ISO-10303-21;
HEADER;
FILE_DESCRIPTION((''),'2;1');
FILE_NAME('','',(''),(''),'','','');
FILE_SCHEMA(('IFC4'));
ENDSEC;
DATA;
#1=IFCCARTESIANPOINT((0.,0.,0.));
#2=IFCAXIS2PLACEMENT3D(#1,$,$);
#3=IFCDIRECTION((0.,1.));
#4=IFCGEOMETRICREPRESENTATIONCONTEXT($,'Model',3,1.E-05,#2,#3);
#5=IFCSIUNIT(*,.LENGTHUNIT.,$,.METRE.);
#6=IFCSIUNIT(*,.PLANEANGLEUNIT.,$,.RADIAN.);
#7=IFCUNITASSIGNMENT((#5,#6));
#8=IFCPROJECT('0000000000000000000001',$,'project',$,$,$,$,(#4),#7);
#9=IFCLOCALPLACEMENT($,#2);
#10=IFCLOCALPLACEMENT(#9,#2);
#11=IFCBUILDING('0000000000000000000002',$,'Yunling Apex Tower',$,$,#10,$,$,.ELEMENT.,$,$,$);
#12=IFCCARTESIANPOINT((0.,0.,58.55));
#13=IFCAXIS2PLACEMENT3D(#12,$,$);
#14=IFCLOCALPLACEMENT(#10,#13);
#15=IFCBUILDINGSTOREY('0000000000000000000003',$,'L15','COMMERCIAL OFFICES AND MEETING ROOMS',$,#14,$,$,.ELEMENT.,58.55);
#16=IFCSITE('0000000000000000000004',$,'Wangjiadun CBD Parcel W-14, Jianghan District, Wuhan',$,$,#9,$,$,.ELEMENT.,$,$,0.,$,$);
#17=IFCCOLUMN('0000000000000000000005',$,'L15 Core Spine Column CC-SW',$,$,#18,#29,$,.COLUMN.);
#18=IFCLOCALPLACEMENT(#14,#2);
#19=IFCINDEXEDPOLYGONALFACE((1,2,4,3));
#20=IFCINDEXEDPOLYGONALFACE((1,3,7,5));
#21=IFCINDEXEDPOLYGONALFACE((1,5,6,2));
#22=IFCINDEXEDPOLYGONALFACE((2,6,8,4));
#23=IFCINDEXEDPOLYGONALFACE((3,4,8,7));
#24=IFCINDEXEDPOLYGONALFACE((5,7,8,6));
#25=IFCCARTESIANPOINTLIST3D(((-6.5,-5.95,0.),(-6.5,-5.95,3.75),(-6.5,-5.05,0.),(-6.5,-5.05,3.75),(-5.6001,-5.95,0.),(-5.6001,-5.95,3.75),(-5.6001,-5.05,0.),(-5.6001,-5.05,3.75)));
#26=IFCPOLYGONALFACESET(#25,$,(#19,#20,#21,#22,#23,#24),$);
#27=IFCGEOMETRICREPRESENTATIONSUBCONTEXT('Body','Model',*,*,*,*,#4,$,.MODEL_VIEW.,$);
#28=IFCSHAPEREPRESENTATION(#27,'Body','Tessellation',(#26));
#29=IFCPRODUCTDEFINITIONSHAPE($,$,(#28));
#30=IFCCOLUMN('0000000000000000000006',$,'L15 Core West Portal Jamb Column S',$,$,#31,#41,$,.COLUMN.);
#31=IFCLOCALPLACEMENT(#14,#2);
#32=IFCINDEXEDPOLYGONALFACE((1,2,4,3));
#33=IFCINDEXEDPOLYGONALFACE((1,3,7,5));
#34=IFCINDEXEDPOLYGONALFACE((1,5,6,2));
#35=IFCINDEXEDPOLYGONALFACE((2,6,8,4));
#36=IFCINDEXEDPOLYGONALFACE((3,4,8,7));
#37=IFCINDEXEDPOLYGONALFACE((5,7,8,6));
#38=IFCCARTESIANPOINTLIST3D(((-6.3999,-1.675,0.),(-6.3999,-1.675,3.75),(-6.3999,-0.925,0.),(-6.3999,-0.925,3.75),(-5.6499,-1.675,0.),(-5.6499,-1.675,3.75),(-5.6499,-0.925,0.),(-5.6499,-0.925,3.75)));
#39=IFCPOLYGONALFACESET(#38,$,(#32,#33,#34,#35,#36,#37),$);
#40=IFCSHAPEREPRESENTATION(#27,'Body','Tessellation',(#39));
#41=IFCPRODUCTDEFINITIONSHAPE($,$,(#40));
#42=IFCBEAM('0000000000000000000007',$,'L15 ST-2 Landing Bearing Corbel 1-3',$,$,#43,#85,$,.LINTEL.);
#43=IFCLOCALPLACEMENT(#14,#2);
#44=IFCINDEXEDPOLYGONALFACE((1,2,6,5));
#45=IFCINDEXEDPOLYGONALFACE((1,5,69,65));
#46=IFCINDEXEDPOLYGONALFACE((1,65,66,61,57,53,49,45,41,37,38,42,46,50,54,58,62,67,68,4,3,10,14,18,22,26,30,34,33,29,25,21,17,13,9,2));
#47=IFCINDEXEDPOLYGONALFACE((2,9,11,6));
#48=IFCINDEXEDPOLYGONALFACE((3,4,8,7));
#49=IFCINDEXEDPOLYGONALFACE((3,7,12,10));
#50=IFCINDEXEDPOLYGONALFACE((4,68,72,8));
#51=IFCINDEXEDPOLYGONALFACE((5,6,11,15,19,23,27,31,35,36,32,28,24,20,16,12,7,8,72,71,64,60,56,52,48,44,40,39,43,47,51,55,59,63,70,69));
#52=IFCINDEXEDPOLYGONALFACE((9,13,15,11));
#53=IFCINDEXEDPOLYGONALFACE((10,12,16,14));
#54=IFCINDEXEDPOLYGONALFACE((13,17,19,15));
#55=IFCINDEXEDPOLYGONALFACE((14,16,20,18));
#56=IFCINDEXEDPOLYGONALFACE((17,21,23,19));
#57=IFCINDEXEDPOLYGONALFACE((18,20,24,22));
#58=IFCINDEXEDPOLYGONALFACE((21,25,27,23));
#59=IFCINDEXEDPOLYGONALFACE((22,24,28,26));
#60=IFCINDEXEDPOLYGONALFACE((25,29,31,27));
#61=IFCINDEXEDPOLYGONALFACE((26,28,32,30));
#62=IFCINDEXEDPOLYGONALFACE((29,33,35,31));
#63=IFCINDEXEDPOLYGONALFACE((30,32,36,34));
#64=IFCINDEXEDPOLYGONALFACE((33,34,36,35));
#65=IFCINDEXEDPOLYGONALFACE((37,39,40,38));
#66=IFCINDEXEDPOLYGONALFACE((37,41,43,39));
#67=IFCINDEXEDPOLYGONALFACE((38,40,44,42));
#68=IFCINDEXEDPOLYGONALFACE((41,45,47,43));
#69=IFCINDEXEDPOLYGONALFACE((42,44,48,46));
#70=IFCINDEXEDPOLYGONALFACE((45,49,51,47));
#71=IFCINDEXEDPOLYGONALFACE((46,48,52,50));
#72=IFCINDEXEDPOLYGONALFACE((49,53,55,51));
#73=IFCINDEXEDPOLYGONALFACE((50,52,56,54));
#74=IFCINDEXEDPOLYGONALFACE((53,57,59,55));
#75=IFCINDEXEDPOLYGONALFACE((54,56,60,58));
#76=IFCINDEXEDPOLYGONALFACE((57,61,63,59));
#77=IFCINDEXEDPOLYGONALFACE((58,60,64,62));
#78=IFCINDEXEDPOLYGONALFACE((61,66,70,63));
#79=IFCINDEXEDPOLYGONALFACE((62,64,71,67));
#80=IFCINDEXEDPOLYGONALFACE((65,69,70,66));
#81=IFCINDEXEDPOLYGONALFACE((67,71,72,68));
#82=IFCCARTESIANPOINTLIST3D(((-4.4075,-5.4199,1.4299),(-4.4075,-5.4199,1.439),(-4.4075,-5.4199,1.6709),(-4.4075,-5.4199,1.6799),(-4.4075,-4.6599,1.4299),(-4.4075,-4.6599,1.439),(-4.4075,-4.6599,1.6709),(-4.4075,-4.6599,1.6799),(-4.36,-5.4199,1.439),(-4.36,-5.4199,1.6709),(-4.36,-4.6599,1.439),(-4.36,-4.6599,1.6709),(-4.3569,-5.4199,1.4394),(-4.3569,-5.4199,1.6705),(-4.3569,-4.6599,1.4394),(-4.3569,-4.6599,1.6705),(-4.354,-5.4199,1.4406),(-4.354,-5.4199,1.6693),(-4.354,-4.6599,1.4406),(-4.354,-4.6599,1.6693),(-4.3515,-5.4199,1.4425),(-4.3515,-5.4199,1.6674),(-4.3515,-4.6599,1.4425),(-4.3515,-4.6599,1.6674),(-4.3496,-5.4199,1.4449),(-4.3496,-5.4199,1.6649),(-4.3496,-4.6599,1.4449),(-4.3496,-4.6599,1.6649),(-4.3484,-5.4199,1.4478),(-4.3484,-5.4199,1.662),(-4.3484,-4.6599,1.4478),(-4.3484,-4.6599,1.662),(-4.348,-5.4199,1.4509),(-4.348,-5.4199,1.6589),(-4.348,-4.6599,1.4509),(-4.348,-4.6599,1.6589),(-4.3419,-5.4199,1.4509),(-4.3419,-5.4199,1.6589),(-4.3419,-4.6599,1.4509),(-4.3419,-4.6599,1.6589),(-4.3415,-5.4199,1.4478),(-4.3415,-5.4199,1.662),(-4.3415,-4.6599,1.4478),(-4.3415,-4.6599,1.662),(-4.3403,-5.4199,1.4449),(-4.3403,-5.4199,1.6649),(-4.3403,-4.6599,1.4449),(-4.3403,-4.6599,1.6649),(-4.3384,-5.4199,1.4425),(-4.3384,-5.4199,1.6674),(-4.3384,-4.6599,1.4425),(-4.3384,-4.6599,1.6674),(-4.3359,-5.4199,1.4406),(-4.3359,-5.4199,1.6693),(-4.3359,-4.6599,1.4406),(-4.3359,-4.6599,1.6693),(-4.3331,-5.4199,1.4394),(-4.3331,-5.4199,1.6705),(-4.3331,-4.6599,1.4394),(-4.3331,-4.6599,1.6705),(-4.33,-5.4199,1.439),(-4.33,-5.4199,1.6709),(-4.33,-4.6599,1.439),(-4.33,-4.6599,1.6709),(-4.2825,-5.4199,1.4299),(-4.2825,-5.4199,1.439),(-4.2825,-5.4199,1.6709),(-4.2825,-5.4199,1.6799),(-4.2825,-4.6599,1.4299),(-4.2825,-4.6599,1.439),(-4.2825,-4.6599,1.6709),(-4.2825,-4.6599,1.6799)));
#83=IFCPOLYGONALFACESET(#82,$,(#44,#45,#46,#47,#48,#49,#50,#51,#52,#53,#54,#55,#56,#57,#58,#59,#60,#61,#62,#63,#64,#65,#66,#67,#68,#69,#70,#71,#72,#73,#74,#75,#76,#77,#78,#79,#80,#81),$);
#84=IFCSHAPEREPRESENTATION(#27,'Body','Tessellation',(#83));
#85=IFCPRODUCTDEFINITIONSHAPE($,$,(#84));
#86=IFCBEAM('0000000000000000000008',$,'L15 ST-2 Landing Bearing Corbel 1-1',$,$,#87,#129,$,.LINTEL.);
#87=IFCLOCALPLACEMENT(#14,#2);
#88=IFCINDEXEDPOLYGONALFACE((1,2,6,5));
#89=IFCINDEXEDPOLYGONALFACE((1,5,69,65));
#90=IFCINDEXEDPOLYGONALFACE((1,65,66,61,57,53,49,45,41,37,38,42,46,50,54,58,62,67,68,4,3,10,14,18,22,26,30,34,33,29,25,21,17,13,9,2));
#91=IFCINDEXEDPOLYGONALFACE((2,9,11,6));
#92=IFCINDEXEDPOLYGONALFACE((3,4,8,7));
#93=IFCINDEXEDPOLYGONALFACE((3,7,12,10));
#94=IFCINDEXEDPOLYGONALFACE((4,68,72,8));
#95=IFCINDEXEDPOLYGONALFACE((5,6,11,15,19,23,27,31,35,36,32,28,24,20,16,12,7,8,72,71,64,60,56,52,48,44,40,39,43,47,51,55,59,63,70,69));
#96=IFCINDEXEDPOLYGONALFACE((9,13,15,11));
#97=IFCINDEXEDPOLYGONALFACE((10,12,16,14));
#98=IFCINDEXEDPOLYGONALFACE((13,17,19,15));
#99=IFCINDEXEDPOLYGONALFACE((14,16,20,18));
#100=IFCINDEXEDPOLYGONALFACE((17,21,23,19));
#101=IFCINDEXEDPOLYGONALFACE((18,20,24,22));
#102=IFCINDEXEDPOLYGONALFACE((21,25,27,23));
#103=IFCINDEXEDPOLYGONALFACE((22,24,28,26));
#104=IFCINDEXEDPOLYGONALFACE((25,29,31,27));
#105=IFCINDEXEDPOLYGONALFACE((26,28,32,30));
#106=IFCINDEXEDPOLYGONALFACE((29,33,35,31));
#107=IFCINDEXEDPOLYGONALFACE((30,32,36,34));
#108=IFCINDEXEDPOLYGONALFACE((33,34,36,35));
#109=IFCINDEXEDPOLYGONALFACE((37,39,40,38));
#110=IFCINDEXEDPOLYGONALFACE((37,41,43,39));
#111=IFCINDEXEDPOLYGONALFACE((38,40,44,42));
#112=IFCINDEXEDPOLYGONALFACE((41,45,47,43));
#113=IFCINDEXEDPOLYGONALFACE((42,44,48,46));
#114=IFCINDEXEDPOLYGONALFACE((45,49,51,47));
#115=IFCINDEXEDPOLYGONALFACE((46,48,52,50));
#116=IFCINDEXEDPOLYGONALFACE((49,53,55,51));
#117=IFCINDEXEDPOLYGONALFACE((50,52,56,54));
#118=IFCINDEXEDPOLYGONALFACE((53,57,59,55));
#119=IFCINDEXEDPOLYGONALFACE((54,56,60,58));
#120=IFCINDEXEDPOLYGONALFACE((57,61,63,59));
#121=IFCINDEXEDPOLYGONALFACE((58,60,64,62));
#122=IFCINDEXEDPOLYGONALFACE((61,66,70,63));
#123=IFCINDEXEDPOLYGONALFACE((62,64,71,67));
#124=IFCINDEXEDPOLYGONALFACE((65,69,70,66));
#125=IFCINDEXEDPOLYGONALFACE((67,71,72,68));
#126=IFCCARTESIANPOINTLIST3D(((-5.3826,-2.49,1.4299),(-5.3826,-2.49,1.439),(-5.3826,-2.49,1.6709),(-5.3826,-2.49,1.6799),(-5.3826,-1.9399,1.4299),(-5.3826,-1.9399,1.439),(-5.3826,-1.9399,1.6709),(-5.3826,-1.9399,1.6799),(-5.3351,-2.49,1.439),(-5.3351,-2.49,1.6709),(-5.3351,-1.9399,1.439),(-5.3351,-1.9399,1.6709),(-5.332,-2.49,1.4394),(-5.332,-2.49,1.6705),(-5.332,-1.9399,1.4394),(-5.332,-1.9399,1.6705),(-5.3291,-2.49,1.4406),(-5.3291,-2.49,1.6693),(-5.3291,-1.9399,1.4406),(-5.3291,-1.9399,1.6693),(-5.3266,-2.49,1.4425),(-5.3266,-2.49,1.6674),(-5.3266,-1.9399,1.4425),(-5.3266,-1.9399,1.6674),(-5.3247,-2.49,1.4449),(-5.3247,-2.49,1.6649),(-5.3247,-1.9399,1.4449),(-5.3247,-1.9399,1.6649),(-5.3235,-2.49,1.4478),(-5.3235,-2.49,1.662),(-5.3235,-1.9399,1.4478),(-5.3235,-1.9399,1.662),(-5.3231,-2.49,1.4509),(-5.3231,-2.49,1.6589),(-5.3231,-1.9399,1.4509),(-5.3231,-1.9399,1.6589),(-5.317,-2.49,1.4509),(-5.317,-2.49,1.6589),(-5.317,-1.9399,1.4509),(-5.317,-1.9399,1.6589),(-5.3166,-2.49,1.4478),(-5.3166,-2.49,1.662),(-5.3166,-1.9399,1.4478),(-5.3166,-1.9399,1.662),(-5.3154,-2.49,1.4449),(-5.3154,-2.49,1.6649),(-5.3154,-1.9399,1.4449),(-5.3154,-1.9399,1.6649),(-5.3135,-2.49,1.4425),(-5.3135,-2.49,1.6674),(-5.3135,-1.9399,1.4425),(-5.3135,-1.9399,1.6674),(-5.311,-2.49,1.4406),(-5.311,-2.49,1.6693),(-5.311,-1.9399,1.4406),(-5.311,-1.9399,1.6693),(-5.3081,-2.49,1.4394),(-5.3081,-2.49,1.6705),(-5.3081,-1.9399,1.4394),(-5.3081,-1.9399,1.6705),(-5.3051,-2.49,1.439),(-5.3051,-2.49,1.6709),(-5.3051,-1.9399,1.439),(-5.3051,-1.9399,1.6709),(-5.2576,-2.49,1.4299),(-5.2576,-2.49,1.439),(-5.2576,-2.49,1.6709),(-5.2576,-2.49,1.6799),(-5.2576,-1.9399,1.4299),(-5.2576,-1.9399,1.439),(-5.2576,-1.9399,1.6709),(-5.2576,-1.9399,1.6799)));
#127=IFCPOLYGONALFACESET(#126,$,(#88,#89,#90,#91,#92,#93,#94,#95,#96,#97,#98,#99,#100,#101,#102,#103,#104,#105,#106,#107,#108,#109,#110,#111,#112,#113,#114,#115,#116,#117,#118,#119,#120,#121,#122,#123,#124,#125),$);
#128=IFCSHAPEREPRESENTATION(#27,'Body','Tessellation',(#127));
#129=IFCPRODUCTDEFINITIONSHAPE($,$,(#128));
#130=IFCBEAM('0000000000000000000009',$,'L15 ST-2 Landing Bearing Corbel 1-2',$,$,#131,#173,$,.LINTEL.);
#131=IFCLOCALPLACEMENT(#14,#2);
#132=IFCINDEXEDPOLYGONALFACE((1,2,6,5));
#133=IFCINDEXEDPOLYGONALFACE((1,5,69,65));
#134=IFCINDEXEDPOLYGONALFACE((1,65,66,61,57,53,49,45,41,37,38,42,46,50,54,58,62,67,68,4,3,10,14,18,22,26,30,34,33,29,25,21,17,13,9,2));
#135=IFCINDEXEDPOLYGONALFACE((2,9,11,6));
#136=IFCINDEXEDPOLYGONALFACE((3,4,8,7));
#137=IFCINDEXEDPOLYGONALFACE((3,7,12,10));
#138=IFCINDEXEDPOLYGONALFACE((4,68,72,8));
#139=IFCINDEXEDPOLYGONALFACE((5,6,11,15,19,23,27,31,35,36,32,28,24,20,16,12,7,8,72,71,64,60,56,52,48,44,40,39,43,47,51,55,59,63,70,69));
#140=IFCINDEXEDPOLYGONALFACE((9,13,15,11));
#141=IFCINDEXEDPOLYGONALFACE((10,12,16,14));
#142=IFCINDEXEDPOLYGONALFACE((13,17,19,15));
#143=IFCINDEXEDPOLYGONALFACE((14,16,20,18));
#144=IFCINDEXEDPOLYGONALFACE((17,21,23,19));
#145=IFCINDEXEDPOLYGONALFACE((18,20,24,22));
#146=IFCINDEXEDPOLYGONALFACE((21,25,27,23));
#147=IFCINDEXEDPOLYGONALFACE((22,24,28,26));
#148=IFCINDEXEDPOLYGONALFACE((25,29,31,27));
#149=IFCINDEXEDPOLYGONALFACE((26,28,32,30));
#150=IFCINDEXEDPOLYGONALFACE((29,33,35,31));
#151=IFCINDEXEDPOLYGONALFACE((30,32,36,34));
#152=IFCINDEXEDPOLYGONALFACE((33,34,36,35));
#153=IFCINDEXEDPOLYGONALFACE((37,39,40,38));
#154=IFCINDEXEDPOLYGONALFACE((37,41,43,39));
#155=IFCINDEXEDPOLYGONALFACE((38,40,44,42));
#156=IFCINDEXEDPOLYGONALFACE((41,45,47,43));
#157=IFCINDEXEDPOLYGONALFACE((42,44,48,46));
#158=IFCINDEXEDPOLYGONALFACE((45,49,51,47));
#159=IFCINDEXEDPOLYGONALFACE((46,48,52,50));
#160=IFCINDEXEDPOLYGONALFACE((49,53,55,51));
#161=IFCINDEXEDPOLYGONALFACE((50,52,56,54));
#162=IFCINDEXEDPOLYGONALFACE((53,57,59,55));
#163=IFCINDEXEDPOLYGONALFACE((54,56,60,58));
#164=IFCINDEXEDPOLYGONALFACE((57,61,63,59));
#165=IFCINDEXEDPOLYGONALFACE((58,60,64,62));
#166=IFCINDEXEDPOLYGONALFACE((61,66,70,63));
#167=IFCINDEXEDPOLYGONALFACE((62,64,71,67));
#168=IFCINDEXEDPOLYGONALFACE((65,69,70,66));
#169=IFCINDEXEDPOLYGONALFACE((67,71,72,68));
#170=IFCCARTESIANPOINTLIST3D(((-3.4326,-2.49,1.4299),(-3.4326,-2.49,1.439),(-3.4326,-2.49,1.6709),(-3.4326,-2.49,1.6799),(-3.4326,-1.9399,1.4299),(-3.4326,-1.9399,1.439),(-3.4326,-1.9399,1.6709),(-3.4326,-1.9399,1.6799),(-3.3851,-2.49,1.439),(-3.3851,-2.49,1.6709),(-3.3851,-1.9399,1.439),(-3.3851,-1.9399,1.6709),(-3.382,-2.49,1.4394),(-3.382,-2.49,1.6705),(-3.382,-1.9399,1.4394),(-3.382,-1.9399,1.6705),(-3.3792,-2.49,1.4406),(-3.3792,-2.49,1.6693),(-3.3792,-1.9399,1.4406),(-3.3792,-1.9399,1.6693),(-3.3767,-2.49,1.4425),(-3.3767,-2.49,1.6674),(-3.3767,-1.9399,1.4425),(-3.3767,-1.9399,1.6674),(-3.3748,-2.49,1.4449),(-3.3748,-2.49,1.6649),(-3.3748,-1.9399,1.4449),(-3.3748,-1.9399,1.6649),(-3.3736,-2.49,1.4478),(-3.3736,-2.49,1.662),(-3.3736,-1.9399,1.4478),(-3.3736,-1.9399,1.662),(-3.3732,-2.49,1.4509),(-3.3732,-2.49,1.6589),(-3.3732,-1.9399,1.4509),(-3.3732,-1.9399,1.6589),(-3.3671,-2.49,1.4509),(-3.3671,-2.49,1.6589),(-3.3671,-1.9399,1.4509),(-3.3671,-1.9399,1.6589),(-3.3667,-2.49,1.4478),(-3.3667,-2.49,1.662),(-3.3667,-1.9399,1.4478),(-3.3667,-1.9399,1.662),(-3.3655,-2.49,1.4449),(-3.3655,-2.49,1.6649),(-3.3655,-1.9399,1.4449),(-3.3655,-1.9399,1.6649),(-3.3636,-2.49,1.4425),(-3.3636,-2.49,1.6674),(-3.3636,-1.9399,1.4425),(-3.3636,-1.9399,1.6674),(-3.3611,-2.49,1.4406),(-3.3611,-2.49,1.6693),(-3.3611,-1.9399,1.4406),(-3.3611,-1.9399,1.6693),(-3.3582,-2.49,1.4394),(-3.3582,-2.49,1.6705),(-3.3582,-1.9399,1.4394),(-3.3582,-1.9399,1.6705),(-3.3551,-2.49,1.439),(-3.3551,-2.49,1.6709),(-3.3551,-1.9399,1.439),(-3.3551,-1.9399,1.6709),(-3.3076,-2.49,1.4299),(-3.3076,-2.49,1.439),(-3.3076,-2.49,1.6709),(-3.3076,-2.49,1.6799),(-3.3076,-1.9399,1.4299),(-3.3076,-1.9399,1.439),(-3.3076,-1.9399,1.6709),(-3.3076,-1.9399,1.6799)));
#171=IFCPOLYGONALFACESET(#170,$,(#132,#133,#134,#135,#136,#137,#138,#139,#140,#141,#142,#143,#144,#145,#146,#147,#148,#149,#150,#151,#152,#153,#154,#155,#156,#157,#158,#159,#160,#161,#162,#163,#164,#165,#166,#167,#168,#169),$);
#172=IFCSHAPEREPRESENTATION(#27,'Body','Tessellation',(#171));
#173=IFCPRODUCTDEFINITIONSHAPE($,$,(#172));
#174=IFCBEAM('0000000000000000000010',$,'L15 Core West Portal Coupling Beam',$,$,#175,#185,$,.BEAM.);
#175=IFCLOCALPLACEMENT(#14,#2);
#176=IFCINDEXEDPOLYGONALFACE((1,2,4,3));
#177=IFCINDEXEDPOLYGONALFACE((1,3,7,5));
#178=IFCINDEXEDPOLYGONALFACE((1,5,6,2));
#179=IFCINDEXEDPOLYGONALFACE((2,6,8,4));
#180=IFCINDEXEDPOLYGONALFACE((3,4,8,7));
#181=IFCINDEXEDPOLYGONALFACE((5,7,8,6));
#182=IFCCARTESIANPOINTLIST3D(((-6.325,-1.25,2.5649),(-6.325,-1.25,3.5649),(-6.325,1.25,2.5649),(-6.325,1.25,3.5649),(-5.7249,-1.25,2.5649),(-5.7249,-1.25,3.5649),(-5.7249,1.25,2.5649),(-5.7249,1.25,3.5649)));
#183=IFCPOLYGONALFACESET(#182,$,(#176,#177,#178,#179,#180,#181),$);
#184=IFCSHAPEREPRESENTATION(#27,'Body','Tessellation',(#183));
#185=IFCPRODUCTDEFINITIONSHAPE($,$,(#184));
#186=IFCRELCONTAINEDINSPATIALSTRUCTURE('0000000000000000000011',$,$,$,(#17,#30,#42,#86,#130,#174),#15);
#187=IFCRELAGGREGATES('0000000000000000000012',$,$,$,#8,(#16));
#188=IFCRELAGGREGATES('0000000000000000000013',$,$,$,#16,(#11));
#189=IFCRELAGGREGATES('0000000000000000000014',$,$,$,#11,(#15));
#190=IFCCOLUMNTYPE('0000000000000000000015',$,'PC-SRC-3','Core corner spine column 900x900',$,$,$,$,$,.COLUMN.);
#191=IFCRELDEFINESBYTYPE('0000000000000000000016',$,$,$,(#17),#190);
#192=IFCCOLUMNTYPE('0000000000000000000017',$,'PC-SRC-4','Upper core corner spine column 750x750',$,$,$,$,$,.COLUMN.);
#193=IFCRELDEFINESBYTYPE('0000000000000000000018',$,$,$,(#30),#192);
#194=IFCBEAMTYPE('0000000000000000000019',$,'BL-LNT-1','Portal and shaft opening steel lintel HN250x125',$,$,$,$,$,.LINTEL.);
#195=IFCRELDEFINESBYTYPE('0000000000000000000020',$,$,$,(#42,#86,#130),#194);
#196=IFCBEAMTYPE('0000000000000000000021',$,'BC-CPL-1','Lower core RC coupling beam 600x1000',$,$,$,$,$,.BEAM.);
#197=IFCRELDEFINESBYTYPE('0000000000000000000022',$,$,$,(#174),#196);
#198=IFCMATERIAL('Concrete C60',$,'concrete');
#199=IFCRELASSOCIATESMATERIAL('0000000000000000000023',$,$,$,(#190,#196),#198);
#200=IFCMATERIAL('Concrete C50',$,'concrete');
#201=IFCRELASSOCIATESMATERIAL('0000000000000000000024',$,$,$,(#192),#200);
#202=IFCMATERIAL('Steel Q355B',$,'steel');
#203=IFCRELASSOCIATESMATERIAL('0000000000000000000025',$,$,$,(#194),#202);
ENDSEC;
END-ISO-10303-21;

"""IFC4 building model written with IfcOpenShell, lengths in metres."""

from ifc_helpers import new_model, si_unit, direction, frame, origin, origin_2d, place, context, subcontext, project, spatial, rectangle, i_section, extrude, source, transform, mapped, material, material_profile, profile_set, type_object, element, save


model = new_model("IFC4")

# Units and contexts
model_context = context("Model", 3, precision=1e-05, world=origin(), true_north=direction((0.0, 1.0)))
body_context = subcontext(model_context, "Body", "Model", "MODEL_VIEW")
ifc_project = project(units=[si_unit("LENGTHUNIT", "METRE"), si_unit("PLANEANGLEUNIT", "RADIAN")], contexts=[model_context])

# Site, building, storey
site_placement = place(None, origin())
site = spatial("IfcSite", under=ifc_project, at=site_placement, Name="Wangjiadun CBD Parcel W-14, Jianghan District, Wuhan", CompositionType="ELEMENT", RefElevation=0.0)
building_placement = place(site_placement, origin())
building = spatial("IfcBuilding", under=site, at=building_placement, Name="Yunling Apex Tower", CompositionType="ELEMENT")
storey_placement = place(building_placement, frame((0.0, 0.0, 58.55)))
storey = spatial("IfcBuildingStorey", under=building, at=storey_placement, Name="L15", Description="COMMERCIAL OFFICES AND MEETING ROOMS", CompositionType="ELEMENT", Elevation=58.55)

# Columns
ifc_material_1 = material(Name="Concrete C60", Category="concrete")
ifc_material_profile_1 = material_profile(ifc_material_1, rectangle(XDim=0.8999, YDim=0.8999, at=origin_2d()))
ifc_profile_set_1 = profile_set([ifc_material_profile_1], Name="Concrete C60")
column_type_1 = type_object("IfcColumnType", Name="PC-SRC-3", Description="Core corner spine column 900x900", PredefinedType="COLUMN", material=ifc_profile_set_1)
shared_shape_1 = source(origin(), body_context, "Body", "SweptSolid", [
    extrude(rectangle(XDim=0.8999, YDim=0.8999, at=origin_2d()), origin(), (0.0, 0.0, 1.0), 3.75),
])
column_1_placement = place(storey_placement, frame((-6.05, -5.5, 0.0), z_axis=(0.0, 0.0, 1.0), x_axis=(1.0, 0.0, 0.0)))
element("IfcColumn", 1, at=column_1_placement, inside=storey, type_object=column_type_1, Name="L15 Core Spine Column CC-SW", PredefinedType="COLUMN", context=body_context, shape_type="MappedRepresentation", body=[
    mapped(shared_shape_1, transform((0.0, 0.0, 0.0), scale=1.0)),
])
ifc_material_2 = material(Name="Concrete C50", Category="concrete")
ifc_material_profile_2 = material_profile(ifc_material_2, rectangle(XDim=0.75, YDim=0.75, at=origin_2d()))
ifc_profile_set_2 = profile_set([ifc_material_profile_2], Name="Concrete C50")
column_type_2 = type_object("IfcColumnType", Name="PC-SRC-4", Description="Upper core corner spine column 750x750", PredefinedType="COLUMN", material=ifc_profile_set_2)
shared_shape_2 = source(origin(), body_context, "Body", "SweptSolid", [
    extrude(rectangle(XDim=0.75, YDim=0.75, at=origin_2d()), origin(), (0.0, 0.0, 1.0), 3.75),
])
column_2_placement = place(storey_placement, frame((-6.0249, -1.3, 0.0), z_axis=(0.0, 0.0, 1.0), x_axis=(1.0, 0.0, 0.0)))
element("IfcColumn", 2, at=column_2_placement, inside=storey, type_object=column_type_2, Name="L15 Core West Portal Jamb Column S", PredefinedType="COLUMN", context=body_context, shape_type="MappedRepresentation", body=[
    mapped(shared_shape_2, transform((0.0, 0.0, 0.0), scale=1.0)),
])

# Beams
ifc_material_3 = material(Name="Steel Q355B", Category="steel")
ifc_material_profile_3 = material_profile(ifc_material_3, i_section(OverallWidth=0.125, OverallDepth=0.25, WebThickness=0.0061, FlangeThickness=0.009, FilletRadius=0.012, at=origin_2d()))
ifc_profile_set_3 = profile_set([ifc_material_profile_3], Name="Steel Q355B")
beam_type_1 = type_object("IfcBeamType", Name="BL-LNT-1", Description="Portal and shaft opening steel lintel HN250x125", PredefinedType="LINTEL", material=ifc_profile_set_3)
shared_shape_3 = source(origin(), body_context, "Body", "SweptSolid", [
    extrude(i_section(OverallWidth=0.125, OverallDepth=0.25, WebThickness=0.0061, FlangeThickness=0.009, FilletRadius=0.012, at=origin_2d()), origin(), (0.0, 0.0, 1.0), 0.76),
])
beam_1_placement = place(storey_placement, frame((-4.345, -5.4199, 1.5549), z_axis=(0.0, 1.0, 0.0), x_axis=(-1.0, 0.0, 0.0)))
element("IfcBeam", 3, at=beam_1_placement, inside=storey, type_object=beam_type_1, Name="L15 ST-2 Landing Bearing Corbel 1-3", PredefinedType="LINTEL", context=body_context, shape_type="MappedRepresentation", body=[
    mapped(shared_shape_3, transform((0.0, 0.0, 0.0), scale=1.0)),
])
shared_shape_4 = source(origin(), body_context, "Body", "SweptSolid", [
    extrude(i_section(OverallWidth=0.125, OverallDepth=0.25, WebThickness=0.0061, FlangeThickness=0.009, FilletRadius=0.012, at=origin_2d()), origin(), (0.0, 0.0, 1.0), 0.55),
])
for number, where, z_axis, x_axis, name in (
    (4, (-5.3201, -1.9399, 1.5549), (0.0, -1.0, 0.0), (1.0, 0.0, 0.0), "L15 ST-2 Landing Bearing Corbel 1-1"),
    (5, (-3.3701, -1.9399, 1.5549), (0.0, -1.0, 0.0), (1.0, 0.0, 0.0), "L15 ST-2 Landing Bearing Corbel 1-2"),
):
    element("IfcBeam", number, at=place(storey_placement, frame(where, z_axis=z_axis, x_axis=x_axis)), inside=storey, type_object=beam_type_1, Name=name, PredefinedType="LINTEL", context=body_context, shape_type="MappedRepresentation", body=[
        mapped(shared_shape_4, transform((0.0, 0.0, 0.0), scale=1.0)),
    ])
ifc_material_profile_4 = material_profile(ifc_material_1, rectangle(XDim=0.6001, YDim=1.0, at=origin_2d()))
ifc_profile_set_4 = profile_set([ifc_material_profile_4], Name="Concrete C60")
beam_type_2 = type_object("IfcBeamType", Name="BC-CPL-1", Description="Lower core RC coupling beam 600x1000", PredefinedType="BEAM", material=ifc_profile_set_4)
shared_shape_5 = source(origin(), body_context, "Body", "SweptSolid", [
    extrude(rectangle(XDim=0.6001, YDim=1.0, at=origin_2d()), origin(), (0.0, 0.0, 1.0), 2.5),
])
beam_2_placement = place(storey_placement, frame((-6.0249, -1.25, 3.0649), z_axis=(0.0, 1.0, 0.0), x_axis=(-1.0, 0.0, 0.0)))
element("IfcBeam", 6, at=beam_2_placement, inside=storey, type_object=beam_type_2, Name="L15 Core West Portal Coupling Beam", PredefinedType="BEAM", context=body_context, shape_type="MappedRepresentation", body=[
    mapped(shared_shape_5, transform((0.0, 0.0, 0.0), scale=1.0)),
])

save(model, "model.ifc")
